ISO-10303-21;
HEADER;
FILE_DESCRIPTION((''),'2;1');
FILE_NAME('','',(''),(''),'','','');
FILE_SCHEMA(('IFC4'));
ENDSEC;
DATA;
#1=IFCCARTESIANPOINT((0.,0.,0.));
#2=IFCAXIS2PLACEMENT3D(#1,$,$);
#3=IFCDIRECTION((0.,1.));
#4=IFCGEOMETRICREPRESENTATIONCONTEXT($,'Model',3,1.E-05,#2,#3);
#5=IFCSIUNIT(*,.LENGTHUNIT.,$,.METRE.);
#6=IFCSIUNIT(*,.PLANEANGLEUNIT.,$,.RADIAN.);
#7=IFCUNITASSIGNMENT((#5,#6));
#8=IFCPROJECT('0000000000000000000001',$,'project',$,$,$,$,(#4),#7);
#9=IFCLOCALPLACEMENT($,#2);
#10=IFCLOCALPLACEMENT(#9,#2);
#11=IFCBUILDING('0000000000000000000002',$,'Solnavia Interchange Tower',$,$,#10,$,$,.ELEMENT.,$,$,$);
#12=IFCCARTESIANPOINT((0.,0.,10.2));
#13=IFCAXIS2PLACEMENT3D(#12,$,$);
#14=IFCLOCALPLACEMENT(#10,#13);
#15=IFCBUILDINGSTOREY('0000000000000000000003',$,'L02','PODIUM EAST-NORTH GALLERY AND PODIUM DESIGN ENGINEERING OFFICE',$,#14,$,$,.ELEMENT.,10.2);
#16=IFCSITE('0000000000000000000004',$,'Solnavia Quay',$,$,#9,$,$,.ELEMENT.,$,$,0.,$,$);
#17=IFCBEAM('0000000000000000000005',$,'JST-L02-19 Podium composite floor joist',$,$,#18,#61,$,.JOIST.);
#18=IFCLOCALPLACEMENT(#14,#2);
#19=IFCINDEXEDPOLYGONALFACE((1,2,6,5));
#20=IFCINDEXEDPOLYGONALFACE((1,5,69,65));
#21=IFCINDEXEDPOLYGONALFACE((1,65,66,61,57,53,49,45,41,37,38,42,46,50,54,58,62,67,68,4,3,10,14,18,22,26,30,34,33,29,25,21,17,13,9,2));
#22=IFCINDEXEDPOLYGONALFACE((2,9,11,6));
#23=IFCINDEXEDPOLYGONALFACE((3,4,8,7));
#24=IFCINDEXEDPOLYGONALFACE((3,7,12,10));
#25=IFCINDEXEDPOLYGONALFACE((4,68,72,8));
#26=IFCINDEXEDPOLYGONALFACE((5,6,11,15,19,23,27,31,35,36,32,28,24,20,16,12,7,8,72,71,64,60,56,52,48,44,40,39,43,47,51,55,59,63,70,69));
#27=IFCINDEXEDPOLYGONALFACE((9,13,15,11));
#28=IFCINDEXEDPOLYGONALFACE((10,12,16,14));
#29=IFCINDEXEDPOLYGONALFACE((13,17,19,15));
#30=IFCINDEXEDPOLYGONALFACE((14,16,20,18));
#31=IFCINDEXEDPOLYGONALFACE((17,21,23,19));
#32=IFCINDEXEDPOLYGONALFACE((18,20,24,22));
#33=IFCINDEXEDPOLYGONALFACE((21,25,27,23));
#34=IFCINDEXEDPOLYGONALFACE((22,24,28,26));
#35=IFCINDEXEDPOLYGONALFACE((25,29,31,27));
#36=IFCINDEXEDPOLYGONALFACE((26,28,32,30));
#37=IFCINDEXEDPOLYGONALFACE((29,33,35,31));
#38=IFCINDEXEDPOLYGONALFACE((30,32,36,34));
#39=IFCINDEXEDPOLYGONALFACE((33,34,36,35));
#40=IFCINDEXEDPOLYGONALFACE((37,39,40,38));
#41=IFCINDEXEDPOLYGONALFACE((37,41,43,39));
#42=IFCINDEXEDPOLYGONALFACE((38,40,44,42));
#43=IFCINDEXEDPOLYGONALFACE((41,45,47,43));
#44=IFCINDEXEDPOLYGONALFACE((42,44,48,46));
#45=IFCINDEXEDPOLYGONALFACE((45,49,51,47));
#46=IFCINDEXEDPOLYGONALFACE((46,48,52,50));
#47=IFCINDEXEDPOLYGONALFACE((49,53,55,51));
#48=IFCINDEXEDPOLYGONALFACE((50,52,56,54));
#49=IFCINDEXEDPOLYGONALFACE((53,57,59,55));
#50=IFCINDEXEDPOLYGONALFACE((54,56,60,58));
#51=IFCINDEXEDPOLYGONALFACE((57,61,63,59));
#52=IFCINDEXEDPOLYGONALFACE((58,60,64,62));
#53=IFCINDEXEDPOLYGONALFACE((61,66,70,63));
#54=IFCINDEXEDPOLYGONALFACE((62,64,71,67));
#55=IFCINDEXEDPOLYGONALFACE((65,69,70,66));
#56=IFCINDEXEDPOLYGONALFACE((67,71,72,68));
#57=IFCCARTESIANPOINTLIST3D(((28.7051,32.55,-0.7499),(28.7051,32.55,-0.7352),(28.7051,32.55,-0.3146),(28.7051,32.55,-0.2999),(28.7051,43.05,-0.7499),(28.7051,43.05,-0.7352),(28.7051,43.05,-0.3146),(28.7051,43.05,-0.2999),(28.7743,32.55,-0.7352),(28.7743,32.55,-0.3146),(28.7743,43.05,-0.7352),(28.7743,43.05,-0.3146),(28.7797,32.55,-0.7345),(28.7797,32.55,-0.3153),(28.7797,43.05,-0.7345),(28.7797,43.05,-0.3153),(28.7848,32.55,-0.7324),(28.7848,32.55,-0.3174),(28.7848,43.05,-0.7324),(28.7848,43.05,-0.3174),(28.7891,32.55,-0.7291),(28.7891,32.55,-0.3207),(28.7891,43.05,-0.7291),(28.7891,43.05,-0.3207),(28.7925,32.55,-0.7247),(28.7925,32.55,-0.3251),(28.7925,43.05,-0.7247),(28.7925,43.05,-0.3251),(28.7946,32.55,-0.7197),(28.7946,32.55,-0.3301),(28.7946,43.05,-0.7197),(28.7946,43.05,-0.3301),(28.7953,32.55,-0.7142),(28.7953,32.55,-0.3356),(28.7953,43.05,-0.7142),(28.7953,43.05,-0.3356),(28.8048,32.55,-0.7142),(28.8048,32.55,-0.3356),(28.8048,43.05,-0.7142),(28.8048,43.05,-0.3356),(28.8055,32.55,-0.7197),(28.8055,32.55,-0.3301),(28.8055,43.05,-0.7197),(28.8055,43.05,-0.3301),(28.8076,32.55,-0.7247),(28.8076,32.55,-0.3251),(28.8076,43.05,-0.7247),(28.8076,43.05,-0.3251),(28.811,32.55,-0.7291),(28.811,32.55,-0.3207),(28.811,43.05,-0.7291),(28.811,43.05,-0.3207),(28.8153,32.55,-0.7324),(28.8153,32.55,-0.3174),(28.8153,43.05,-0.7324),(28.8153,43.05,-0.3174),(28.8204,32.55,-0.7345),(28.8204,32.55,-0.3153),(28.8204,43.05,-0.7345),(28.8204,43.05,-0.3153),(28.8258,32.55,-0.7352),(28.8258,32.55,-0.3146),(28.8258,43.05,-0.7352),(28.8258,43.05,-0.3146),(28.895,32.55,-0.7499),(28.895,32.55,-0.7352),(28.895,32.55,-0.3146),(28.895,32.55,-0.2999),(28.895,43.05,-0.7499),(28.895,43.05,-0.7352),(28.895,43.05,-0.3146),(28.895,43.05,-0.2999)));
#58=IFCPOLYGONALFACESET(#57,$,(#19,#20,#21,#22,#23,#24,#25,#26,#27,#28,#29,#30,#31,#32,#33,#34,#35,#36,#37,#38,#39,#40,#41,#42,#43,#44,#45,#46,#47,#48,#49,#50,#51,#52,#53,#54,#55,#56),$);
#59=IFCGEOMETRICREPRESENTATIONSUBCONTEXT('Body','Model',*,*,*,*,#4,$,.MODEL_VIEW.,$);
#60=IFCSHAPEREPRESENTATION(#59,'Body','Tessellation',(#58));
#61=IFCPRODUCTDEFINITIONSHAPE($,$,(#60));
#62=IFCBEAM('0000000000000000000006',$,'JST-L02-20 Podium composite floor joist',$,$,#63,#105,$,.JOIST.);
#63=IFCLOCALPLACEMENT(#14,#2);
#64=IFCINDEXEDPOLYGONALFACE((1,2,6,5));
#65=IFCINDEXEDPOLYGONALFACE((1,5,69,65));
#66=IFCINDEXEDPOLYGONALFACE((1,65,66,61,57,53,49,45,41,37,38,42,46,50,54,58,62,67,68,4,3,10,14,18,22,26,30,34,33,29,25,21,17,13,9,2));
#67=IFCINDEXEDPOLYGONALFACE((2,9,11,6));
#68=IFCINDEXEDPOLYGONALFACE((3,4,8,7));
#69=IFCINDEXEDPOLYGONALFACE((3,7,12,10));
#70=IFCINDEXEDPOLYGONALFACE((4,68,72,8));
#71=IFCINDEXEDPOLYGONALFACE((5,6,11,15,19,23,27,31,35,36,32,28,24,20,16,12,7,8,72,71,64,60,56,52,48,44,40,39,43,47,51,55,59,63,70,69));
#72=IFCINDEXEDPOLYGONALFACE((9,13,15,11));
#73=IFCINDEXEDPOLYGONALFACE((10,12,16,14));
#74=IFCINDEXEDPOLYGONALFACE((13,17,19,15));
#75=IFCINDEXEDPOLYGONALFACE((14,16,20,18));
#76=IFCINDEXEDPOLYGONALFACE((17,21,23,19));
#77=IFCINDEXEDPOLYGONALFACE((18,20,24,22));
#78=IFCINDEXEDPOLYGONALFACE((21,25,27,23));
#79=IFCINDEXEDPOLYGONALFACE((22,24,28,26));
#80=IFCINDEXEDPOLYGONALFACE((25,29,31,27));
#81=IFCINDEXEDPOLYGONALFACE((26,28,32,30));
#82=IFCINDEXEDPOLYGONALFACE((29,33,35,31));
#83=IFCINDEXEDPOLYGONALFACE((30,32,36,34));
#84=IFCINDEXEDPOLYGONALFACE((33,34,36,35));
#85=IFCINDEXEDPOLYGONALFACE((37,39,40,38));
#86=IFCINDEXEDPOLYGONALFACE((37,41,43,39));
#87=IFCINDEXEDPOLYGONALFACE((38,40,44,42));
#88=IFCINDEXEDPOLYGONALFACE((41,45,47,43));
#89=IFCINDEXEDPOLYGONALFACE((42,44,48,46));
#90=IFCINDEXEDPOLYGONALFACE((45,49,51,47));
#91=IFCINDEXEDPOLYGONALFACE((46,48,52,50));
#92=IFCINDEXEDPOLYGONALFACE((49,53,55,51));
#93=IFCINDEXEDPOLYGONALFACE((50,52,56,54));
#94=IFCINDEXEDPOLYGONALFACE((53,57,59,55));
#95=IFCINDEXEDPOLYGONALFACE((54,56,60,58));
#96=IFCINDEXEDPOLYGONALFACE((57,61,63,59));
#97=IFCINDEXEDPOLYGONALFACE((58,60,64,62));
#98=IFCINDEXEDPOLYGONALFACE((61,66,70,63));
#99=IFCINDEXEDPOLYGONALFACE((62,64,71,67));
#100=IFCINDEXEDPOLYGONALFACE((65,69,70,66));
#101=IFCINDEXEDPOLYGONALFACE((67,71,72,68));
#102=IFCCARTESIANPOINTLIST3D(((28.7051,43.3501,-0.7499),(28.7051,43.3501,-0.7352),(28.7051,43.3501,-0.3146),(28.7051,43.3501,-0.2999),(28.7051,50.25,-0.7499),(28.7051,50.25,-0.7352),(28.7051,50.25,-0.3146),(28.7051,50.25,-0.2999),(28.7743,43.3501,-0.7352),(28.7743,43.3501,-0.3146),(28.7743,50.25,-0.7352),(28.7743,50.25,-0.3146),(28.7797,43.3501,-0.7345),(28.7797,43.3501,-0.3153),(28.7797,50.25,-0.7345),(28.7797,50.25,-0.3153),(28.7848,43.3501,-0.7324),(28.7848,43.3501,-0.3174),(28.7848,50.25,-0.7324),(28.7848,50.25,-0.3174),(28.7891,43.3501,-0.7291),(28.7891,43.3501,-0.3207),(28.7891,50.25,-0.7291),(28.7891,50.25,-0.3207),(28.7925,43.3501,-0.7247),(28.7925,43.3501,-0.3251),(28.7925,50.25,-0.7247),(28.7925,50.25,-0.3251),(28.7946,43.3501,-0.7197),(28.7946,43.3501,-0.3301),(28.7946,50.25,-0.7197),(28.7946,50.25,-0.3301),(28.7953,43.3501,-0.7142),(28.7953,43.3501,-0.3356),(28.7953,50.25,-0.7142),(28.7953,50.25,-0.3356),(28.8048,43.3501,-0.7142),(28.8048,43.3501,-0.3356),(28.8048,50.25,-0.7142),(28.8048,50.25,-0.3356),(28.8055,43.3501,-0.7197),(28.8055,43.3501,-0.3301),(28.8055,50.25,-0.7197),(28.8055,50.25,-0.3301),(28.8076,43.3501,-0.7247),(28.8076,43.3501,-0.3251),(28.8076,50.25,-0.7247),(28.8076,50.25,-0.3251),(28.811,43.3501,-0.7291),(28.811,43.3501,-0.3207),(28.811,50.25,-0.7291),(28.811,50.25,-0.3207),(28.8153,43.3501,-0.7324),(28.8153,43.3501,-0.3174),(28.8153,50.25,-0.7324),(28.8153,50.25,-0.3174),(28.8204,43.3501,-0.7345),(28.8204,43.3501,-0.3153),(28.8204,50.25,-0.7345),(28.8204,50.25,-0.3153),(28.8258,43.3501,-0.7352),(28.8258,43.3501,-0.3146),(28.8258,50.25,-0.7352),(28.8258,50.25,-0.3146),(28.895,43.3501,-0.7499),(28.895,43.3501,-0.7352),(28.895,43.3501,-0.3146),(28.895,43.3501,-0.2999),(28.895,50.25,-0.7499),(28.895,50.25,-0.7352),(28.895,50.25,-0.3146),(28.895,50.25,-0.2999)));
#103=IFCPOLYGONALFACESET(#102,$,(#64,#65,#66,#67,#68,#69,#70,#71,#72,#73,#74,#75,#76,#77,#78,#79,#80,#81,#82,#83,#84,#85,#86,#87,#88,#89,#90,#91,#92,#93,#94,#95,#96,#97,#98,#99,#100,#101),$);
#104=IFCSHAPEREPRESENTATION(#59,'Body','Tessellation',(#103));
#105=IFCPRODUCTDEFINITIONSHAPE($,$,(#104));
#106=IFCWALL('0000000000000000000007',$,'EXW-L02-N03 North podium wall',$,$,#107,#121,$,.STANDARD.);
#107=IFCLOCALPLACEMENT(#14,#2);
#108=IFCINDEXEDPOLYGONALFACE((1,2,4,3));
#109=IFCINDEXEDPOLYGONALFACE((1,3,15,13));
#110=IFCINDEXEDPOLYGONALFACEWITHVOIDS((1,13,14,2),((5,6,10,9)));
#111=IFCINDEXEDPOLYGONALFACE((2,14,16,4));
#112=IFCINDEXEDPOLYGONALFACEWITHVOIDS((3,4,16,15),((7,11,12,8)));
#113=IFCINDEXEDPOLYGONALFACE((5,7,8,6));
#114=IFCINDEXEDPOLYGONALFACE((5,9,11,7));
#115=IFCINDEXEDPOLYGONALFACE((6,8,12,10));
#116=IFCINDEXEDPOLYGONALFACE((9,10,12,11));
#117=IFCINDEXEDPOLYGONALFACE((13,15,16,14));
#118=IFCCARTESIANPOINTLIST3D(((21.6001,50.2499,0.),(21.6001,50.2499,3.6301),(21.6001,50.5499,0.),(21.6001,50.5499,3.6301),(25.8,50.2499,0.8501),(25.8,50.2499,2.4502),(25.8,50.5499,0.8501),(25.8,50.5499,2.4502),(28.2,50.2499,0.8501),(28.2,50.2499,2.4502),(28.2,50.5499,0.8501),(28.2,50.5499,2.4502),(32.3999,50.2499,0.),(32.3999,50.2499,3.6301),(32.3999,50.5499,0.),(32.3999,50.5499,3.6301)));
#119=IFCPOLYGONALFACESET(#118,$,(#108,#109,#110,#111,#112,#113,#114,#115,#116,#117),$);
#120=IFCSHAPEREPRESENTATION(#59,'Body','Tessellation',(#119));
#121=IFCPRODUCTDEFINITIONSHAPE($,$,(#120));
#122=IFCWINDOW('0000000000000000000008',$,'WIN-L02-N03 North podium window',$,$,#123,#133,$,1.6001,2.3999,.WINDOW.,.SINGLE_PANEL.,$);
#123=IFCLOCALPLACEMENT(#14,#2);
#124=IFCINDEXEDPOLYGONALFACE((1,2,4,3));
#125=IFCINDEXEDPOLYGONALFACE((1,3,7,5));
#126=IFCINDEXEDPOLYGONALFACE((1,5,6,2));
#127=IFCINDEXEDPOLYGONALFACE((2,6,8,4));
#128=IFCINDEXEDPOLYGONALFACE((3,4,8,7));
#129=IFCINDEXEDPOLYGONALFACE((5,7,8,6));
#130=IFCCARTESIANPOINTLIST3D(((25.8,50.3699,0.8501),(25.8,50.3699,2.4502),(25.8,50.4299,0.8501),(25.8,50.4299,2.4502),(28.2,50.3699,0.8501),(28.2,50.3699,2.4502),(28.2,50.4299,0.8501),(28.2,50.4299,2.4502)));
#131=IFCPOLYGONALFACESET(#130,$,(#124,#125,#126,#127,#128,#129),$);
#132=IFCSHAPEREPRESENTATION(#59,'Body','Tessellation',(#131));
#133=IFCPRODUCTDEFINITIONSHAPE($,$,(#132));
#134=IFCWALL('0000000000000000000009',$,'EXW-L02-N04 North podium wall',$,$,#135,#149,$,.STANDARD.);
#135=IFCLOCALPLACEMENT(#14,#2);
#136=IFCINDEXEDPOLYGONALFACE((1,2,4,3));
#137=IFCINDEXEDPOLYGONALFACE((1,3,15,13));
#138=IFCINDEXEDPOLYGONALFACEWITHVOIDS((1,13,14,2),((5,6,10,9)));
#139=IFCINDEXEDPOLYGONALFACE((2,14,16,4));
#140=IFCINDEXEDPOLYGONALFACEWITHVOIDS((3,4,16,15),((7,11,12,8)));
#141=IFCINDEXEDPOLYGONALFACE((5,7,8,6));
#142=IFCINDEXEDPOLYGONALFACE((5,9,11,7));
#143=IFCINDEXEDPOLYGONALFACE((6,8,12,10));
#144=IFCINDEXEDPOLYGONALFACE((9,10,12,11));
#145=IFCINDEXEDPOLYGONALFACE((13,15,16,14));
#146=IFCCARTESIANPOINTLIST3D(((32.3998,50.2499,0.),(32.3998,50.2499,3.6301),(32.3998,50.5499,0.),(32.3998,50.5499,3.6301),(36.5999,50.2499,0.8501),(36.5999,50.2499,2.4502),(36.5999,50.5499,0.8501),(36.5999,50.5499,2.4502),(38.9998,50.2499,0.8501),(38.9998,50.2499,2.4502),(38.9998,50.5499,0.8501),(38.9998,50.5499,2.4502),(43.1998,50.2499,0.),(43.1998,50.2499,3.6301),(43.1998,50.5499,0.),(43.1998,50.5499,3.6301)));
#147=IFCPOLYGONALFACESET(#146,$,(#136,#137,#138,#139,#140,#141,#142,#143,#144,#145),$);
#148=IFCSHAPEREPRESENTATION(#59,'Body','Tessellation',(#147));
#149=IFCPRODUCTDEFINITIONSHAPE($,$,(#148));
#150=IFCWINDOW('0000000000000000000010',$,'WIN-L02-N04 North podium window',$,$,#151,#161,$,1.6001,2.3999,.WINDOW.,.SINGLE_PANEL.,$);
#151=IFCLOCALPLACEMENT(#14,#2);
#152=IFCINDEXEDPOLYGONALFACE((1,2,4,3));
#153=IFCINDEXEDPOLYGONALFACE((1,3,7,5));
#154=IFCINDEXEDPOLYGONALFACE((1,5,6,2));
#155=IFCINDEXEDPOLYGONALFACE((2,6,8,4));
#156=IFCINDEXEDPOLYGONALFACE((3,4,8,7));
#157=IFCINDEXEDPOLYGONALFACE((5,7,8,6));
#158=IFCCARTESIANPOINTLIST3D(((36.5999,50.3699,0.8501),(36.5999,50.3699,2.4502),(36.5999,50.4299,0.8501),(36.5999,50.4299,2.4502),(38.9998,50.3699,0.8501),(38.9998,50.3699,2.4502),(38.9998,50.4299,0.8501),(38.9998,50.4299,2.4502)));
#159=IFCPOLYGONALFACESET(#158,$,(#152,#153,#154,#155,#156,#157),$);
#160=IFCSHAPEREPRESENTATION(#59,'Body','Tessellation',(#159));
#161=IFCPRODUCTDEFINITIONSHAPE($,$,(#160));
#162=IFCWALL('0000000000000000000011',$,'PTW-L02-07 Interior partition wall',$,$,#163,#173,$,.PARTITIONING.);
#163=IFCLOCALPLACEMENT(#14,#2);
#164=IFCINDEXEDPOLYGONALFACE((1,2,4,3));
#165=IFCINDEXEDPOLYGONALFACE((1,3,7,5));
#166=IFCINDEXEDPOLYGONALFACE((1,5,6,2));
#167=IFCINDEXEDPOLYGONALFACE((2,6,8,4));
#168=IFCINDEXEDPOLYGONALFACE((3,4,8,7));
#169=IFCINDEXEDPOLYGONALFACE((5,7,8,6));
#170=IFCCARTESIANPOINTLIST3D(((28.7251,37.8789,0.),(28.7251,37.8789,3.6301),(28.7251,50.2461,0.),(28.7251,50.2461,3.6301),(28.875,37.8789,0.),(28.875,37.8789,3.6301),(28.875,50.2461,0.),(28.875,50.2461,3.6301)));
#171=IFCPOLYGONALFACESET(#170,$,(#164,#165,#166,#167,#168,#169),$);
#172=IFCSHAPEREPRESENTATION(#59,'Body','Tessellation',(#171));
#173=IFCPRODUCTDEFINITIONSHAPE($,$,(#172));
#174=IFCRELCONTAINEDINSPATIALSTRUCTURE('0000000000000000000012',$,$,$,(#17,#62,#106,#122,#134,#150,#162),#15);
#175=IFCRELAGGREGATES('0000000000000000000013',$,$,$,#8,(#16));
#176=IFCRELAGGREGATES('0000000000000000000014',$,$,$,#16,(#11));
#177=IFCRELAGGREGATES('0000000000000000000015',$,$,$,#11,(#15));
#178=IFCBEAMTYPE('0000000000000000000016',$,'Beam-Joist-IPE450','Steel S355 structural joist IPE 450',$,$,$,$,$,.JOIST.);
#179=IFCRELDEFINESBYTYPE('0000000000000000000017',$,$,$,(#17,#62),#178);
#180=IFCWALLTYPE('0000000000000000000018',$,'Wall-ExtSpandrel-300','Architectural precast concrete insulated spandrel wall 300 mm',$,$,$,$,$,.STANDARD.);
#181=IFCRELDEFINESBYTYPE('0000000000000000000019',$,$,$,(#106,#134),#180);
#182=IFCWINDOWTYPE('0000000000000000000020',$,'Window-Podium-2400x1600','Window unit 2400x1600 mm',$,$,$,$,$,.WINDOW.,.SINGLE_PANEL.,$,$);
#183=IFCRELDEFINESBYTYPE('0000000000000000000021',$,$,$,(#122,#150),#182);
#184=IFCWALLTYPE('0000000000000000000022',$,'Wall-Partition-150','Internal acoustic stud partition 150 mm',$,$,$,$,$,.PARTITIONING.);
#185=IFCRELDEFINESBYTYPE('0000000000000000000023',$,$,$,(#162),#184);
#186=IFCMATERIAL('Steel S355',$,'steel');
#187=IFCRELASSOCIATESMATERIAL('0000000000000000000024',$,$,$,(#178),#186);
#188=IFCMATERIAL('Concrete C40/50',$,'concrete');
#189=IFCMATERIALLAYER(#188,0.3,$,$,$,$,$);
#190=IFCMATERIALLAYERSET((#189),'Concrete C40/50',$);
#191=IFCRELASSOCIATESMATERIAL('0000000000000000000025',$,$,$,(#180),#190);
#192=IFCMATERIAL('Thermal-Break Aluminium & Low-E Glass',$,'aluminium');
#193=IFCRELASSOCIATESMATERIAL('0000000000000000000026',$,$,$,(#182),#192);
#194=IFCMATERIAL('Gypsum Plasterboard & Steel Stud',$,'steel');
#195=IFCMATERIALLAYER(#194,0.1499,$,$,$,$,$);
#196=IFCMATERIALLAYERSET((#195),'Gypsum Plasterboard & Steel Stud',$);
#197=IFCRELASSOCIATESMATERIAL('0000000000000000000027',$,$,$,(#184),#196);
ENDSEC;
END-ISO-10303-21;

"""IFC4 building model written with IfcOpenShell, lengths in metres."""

from ifc_helpers import new_model, si_unit, direction, frame, frame_2d, origin, origin_2d, place, context, subcontext, project, spatial, rectangle, i_section, extrude, material, layer, layer_set, material_profile, profile_set, type_object, element, fill, save


model = new_model("IFC4")

# Units and contexts
model_context = context("Model", 3, precision=1e-05, world=origin(), true_north=direction((0.0, 1.0)))
body_context = subcontext(model_context, "Body", "Model", "MODEL_VIEW")
ifc_project = project(units=[si_unit("LENGTHUNIT", "METRE"), si_unit("PLANEANGLEUNIT", "RADIAN")], contexts=[model_context])

# Site, building, storey
site_placement = place(None, origin())
site = spatial("IfcSite", under=ifc_project, at=site_placement, Name="Solnavia Quay", CompositionType="ELEMENT", RefElevation=0.0)
building_placement = place(site_placement, origin())
building = spatial("IfcBuilding", under=site, at=building_placement, Name="Solnavia Interchange Tower", CompositionType="ELEMENT")
storey_placement = place(building_placement, frame((0.0, 0.0, 10.2)))
storey = spatial("IfcBuildingStorey", under=building, at=storey_placement, Name="L02", Description="PODIUM EAST-NORTH GALLERY AND PODIUM DESIGN ENGINEERING OFFICE", CompositionType="ELEMENT", Elevation=10.2)

# Beams
ifc_material_1 = material(Name="Steel S355", Category="steel")
ifc_material_profile_1 = material_profile(ifc_material_1, i_section(OverallWidth=0.1899, OverallDepth=0.45, WebThickness=0.0095, FlangeThickness=0.0146, FilletRadius=0.021, at=origin_2d()), Name="IPE 450")
ifc_profile_set_1 = profile_set([ifc_material_profile_1], Name="Steel S355")
beam_type_1 = type_object("IfcBeamType", Name="Beam-Joist-IPE450", Description="Steel S355 structural joist IPE 450", PredefinedType="JOIST", material=ifc_profile_set_1)
beam_1_placement = place(storey_placement, frame((28.8, 32.55, -0.5249), z_axis=(0.0, 1.0, 0.0), x_axis=(-1.0, 0.0, 0.0)))
element("IfcBeam", 1, at=beam_1_placement, inside=storey, type_object=beam_type_1, Name="JST-L02-19 Podium composite floor joist", PredefinedType="JOIST", context=body_context, shape_type="SweptSolid", body=[
    extrude(i_section(OverallWidth=0.1899, OverallDepth=0.45, WebThickness=0.0095, FlangeThickness=0.0146, FilletRadius=0.021, at=origin_2d()), origin(), (0.0, 0.0, 1.0), 10.5),
])
beam_2_placement = place(storey_placement, frame((28.8, 43.3501, -0.5249), z_axis=(0.0, 1.0, 0.0), x_axis=(-1.0, 0.0, 0.0)))
element("IfcBeam", 2, at=beam_2_placement, inside=storey, type_object=beam_type_1, Name="JST-L02-20 Podium composite floor joist", PredefinedType="JOIST", context=body_context, shape_type="SweptSolid", body=[
    extrude(i_section(OverallWidth=0.1899, OverallDepth=0.45, WebThickness=0.0095, FlangeThickness=0.0146, FilletRadius=0.021, at=origin_2d()), origin(), (0.0, 0.0, 1.0), 6.8999),
])

# Walls, openings, windows
ifc_material_2 = material(Name="Concrete C40/50", Category="concrete")
ifc_layer_1 = layer(ifc_material_2, 0.3)
ifc_layer_set_1 = layer_set([ifc_layer_1], Name="Concrete C40/50")
wall_type_1 = type_object("IfcWallType", Name="Wall-ExtSpandrel-300", Description="Architectural precast concrete insulated spandrel wall 300 mm", PredefinedType="STANDARD", material=ifc_layer_set_1)
wall_1_placement = place(storey_placement, frame((21.6001, 50.3999, 0.0), z_axis=(0.0, 0.0, 1.0), x_axis=(1.0, 0.0, 0.0)))
wall_1 = element("IfcWall", 3, at=wall_1_placement, inside=storey, type_object=wall_type_1, Name="EXW-L02-N03 North podium wall", PredefinedType="STANDARD", context=body_context, shape_type="SweptSolid", body=[
    extrude(rectangle(XDim=10.7998, YDim=0.3, at=frame_2d((5.3999, 0.0))), origin(), (0.0, 0.0, 1.0), 3.6301),
])
opening_1_placement = place(wall_1_placement, frame((4.2, 0.0, 0.8501)))
opening_1 = element("IfcOpeningElement", 4, at=opening_1_placement, cuts=wall_1, PredefinedType="OPENING", context=body_context, shape_type="SweptSolid", body=[
    extrude(rectangle(XDim=2.3999, YDim=1.6001, at=frame_2d((1.2, 0.8))), frame((0.0, 0.1602, 0.0), z_axis=(0.0, -1.0, 0.0), x_axis=(1.0, 0.0, 0.0)), (0.0, 0.0, 1.0), 0.3201),
])
ifc_material_3 = material(Name="Thermal-Break Aluminium & Low-E Glass", Category="aluminium")
window_type = type_object("IfcWindowType", Name="Window-Podium-2400x1600", Description="Window unit 2400x1600 mm", PartitioningType="SINGLE_PANEL", PredefinedType="WINDOW", material=ifc_material_3)
window_1_placement = place(opening_1_placement, origin())
window_1 = element("IfcWindow", 5, at=window_1_placement, inside=storey, type_object=window_type, Name="WIN-L02-N03 North podium window", OverallHeight=1.6001, OverallWidth=2.3999, PartitioningType="SINGLE_PANEL", PredefinedType="WINDOW", context=body_context, shape_type="SweptSolid", body=[
    extrude(rectangle(XDim=2.3999, YDim=1.6001, at=frame_2d((1.2, 0.8))), frame((0.0, 0.03, 0.0), z_axis=(0.0, -1.0, 0.0), x_axis=(1.0, 0.0, 0.0)), (0.0, 0.0, 1.0), 0.0601),
])
fill(opening_1, window_1)
wall_2_placement = place(storey_placement, frame((32.3999, 50.3999, 0.0), z_axis=(0.0, 0.0, 1.0), x_axis=(1.0, 0.0, 0.0)))
wall_2 = element("IfcWall", 6, at=wall_2_placement, inside=storey, type_object=wall_type_1, Name="EXW-L02-N04 North podium wall", PredefinedType="STANDARD", context=body_context, shape_type="SweptSolid", body=[
    extrude(rectangle(XDim=10.8, YDim=0.3, at=frame_2d((5.3999, 0.0))), origin(), (0.0, 0.0, 1.0), 3.6301),
])
opening_2_placement = place(wall_2_placement, frame((4.2, 0.0, 0.8501)))
opening_2 = element("IfcOpeningElement", 7, at=opening_2_placement, cuts=wall_2, PredefinedType="OPENING", context=body_context, shape_type="SweptSolid", body=[
    extrude(rectangle(XDim=2.3999, YDim=1.6001, at=frame_2d((1.2, 0.8))), frame((0.0, 0.1602, 0.0), z_axis=(0.0, -1.0, 0.0), x_axis=(1.0, 0.0, 0.0)), (0.0, 0.0, 1.0), 0.3201),
])
window_2_placement = place(opening_2_placement, origin())
window_2 = element("IfcWindow", 8, at=window_2_placement, inside=storey, type_object=window_type, Name="WIN-L02-N04 North podium window", OverallHeight=1.6001, OverallWidth=2.3999, PartitioningType="SINGLE_PANEL", PredefinedType="WINDOW", context=body_context, shape_type="SweptSolid", body=[
    extrude(rectangle(XDim=2.3999, YDim=1.6001, at=frame_2d((1.2, 0.8))), frame((0.0, 0.03, 0.0), z_axis=(0.0, -1.0, 0.0), x_axis=(1.0, 0.0, 0.0)), (0.0, 0.0, 1.0), 0.0601),
])
fill(opening_2, window_2)

# Wall
ifc_material_4 = material(Name="Gypsum Plasterboard & Steel Stud", Category="steel")
ifc_layer_2 = layer(ifc_material_4, 0.1499)
ifc_layer_set_2 = layer_set([ifc_layer_2], Name="Gypsum Plasterboard & Steel Stud")
wall_type_2 = type_object("IfcWallType", Name="Wall-Partition-150", Description="Internal acoustic stud partition 150 mm", PredefinedType="PARTITIONING", material=ifc_layer_set_2)
wall_3_placement = place(storey_placement, frame((28.8, 37.8789, 0.0), z_axis=(0.0, 0.0, 1.0), x_axis=(0.0, 1.0, 0.0)))
element("IfcWall", 9, at=wall_3_placement, inside=storey, type_object=wall_type_2, Name="PTW-L02-07 Interior partition wall", PredefinedType="PARTITIONING", context=body_context, shape_type="SweptSolid", body=[
    extrude(rectangle(XDim=12.3672, YDim=0.1499, at=frame_2d((6.1836, 0.0))), origin(), (0.0, 0.0, 1.0), 3.6301),
])

save(model, "model.ifc")
